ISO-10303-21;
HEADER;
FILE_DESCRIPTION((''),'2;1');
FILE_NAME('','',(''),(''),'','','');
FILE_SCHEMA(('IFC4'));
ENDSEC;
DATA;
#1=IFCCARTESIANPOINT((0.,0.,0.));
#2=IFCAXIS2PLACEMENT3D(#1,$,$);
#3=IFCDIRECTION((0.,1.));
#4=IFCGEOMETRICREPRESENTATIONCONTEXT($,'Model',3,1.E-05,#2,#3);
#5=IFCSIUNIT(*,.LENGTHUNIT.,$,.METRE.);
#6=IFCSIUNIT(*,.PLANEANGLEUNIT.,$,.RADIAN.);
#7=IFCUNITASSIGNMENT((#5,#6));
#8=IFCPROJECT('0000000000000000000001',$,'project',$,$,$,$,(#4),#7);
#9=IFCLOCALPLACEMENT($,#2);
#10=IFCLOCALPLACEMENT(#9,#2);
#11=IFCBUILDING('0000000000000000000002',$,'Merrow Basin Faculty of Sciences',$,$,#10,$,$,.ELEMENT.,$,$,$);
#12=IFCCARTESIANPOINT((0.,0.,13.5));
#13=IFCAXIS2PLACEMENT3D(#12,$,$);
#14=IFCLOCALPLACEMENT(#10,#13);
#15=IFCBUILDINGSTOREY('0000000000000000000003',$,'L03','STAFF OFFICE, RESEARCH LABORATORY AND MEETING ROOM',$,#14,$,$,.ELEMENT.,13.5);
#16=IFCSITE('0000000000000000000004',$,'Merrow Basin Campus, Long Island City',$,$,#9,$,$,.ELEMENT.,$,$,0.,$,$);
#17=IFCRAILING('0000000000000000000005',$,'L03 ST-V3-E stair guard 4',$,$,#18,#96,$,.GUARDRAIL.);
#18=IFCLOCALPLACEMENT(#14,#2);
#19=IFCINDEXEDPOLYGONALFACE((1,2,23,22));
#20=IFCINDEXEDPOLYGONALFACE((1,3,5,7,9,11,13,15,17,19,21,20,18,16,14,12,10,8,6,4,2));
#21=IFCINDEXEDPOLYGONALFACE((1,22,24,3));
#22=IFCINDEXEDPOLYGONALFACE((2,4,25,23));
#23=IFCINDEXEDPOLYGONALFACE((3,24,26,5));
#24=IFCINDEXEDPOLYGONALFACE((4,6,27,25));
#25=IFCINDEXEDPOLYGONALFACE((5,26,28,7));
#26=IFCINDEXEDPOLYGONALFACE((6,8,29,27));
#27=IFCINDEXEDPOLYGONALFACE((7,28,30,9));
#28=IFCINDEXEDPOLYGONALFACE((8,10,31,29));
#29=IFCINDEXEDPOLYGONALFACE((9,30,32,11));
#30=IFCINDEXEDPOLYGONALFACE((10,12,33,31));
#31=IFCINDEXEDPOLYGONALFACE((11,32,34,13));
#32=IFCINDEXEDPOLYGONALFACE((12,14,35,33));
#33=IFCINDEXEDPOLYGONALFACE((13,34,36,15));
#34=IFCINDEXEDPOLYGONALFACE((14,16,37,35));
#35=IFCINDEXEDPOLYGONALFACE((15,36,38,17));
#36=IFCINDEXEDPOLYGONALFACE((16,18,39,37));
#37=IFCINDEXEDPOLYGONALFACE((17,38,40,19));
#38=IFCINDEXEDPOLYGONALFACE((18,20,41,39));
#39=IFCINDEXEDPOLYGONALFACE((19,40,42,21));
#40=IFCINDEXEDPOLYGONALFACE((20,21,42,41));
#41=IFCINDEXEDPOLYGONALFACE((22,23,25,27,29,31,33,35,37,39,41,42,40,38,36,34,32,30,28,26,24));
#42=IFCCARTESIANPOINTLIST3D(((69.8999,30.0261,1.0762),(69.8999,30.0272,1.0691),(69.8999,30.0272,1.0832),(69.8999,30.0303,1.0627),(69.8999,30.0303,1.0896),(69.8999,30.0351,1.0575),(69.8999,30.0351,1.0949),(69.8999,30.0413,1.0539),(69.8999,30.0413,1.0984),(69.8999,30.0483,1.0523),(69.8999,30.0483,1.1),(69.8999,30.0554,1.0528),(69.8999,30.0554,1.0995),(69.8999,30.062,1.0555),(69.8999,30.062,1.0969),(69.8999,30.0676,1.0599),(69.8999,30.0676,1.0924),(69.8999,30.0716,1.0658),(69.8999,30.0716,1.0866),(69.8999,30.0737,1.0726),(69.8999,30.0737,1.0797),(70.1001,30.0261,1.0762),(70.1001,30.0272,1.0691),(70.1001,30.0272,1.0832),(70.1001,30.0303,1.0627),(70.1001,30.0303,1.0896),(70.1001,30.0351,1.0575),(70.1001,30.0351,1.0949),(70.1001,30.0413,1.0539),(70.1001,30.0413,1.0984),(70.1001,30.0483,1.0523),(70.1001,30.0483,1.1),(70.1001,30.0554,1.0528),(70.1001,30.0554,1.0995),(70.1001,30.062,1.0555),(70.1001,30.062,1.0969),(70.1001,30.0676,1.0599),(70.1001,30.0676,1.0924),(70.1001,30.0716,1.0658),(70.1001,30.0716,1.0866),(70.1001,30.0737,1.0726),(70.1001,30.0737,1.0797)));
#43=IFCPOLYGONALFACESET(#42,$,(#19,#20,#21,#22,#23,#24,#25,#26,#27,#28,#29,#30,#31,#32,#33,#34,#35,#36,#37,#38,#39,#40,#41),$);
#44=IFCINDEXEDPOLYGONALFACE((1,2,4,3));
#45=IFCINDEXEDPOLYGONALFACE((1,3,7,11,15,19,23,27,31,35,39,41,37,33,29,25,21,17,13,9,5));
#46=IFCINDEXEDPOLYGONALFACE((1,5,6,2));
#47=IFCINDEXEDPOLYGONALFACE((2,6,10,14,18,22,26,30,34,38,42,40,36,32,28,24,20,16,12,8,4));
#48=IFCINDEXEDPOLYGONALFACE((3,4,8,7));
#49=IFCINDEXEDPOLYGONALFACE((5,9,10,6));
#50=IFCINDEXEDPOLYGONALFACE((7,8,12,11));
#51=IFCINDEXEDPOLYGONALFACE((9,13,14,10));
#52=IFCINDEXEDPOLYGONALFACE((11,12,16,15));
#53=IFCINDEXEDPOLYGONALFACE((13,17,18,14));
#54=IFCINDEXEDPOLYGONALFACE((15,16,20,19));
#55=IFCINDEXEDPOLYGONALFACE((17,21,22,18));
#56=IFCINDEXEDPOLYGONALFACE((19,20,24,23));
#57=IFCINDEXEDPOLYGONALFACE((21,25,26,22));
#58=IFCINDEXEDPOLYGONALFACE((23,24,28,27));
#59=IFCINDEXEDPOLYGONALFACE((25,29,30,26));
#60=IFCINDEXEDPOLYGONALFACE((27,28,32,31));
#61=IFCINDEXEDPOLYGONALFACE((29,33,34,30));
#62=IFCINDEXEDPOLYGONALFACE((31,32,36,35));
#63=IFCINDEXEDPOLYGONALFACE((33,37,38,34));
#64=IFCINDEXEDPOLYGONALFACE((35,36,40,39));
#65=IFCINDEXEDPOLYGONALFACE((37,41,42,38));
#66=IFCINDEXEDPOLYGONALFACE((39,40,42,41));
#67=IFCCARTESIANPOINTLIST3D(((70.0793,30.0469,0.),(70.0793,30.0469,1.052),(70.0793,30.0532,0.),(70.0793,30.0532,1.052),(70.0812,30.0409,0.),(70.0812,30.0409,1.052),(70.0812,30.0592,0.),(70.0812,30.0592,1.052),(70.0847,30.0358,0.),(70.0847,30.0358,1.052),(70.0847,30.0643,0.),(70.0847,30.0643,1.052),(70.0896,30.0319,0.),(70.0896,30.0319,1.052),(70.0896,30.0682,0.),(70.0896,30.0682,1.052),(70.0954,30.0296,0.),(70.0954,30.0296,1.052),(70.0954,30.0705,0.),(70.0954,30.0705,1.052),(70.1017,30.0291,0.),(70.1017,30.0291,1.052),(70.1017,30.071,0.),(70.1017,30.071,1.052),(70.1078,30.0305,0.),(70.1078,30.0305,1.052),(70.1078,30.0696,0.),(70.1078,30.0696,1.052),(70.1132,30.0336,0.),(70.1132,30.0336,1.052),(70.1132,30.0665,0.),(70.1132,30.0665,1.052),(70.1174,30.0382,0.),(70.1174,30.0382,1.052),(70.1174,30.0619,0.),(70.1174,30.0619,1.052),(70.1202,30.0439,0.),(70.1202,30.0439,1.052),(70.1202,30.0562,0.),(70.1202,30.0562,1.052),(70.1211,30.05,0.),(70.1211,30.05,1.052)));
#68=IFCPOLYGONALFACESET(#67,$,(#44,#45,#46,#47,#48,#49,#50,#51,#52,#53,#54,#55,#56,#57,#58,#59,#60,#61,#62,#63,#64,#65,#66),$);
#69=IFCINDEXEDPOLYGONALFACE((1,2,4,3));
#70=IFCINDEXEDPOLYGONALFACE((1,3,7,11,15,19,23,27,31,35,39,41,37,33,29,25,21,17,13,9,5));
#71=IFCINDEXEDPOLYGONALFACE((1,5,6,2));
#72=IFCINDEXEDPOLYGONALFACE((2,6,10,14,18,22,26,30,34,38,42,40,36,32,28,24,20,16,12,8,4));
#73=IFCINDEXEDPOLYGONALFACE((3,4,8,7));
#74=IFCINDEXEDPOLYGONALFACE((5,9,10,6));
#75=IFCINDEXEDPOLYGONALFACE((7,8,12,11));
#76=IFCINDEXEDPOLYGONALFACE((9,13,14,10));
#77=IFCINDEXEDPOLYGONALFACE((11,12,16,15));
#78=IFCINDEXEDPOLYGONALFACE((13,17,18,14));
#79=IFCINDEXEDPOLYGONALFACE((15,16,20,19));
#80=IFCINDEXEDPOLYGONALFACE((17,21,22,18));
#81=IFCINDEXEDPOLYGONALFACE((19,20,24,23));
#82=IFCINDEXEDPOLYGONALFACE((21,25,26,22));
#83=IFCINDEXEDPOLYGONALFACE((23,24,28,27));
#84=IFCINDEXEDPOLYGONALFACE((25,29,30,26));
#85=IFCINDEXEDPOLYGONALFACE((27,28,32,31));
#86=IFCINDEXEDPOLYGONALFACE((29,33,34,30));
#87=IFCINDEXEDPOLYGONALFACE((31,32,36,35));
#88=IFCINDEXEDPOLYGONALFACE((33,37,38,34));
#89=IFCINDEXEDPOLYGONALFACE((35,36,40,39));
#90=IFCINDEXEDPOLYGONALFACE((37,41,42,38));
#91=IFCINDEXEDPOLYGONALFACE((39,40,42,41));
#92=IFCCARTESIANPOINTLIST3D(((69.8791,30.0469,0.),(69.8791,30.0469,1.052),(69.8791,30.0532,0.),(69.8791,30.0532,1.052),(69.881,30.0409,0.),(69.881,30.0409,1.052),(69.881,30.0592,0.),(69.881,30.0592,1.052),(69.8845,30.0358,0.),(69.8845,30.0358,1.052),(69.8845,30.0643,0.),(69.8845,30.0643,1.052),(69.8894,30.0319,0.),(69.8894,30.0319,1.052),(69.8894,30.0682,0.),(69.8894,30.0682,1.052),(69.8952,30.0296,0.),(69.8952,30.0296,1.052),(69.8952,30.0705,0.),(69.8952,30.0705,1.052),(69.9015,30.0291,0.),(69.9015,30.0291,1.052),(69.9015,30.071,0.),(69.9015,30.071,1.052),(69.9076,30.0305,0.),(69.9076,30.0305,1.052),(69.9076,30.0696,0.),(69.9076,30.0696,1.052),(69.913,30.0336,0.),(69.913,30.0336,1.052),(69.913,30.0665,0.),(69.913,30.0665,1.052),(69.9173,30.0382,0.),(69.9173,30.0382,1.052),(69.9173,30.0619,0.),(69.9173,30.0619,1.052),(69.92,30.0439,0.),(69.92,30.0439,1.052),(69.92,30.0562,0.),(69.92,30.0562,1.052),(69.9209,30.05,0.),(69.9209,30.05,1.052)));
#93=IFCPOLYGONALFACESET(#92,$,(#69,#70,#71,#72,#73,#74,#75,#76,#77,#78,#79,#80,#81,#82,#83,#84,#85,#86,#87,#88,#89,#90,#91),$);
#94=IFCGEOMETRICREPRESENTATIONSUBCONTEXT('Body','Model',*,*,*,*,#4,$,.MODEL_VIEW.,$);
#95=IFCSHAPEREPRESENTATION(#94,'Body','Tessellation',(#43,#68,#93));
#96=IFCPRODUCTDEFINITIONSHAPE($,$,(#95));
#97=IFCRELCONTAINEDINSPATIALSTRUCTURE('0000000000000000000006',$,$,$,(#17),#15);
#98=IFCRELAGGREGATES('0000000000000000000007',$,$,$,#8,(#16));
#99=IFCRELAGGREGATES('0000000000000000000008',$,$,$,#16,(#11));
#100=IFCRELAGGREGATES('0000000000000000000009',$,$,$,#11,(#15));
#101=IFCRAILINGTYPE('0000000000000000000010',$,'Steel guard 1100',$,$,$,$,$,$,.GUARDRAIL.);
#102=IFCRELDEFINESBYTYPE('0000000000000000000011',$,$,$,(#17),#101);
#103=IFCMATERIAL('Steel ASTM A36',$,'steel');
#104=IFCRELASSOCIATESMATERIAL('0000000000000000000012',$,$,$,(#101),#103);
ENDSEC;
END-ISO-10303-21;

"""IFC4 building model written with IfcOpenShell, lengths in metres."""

from ifc_helpers import new_model, si_unit, direction, frame, origin, origin_2d, place, context, subcontext, project, spatial, circle, extrude, material, type_object, element, save


model = new_model("IFC4")

# Units and contexts
model_context = context("Model", 3, precision=1e-05, world=origin(), true_north=direction((0.0, 1.0)))
body_context = subcontext(model_context, "Body", "Model", "MODEL_VIEW")
ifc_project = project(units=[si_unit("LENGTHUNIT", "METRE"), si_unit("PLANEANGLEUNIT", "RADIAN")], contexts=[model_context])

# Site, building, storey
site_placement = place(None, origin())
site = spatial("IfcSite", under=ifc_project, at=site_placement, Name="Merrow Basin Campus, Long Island City", CompositionType="ELEMENT", RefElevation=0.0)
building_placement = place(site_placement, origin())
building = spatial("IfcBuilding", under=site, at=building_placement, Name="Merrow Basin Faculty of Sciences", CompositionType="ELEMENT")
storey_placement = place(building_placement, frame((0.0, 0.0, 13.5)))
storey = spatial("IfcBuildingStorey", under=building, at=storey_placement, Name="L03", Description="STAFF OFFICE, RESEARCH LABORATORY AND MEETING ROOM", CompositionType="ELEMENT", Elevation=13.5)

# Railing
ifc_material_1 = material(Name="Steel ASTM A36", Category="steel")
railing_type_1 = type_object("IfcRailingType", Name="Steel guard 1100", PredefinedType="GUARDRAIL", material=ifc_material_1)
railing_1_placement = place(storey_placement, frame((70.1001, 30.05, 0.0)))
element("IfcRailing", 1, at=railing_1_placement, inside=storey, type_object=railing_type_1, Name="L03 ST-V3-E stair guard 4", PredefinedType="GUARDRAIL", context=body_context, shape_type="SweptSolid", body=[
    extrude(circle(Radius=0.0239, at=origin_2d()), frame((0.0, 0.0, 1.0762), z_axis=(-1.0, 0.0, 0.0), x_axis=(0.0, -1.0, 0.0)), (0.0, 0.0, 1.0), 0.2002),
    extrude(circle(Radius=0.021, at=origin_2d()), origin(), (0.0, 0.0, 1.0), 1.052),
    extrude(circle(Radius=0.021, at=origin_2d()), frame((-0.2002, 0.0, 0.0)), (0.0, 0.0, 1.0), 1.052),
])

save(model, "model.ifc")
